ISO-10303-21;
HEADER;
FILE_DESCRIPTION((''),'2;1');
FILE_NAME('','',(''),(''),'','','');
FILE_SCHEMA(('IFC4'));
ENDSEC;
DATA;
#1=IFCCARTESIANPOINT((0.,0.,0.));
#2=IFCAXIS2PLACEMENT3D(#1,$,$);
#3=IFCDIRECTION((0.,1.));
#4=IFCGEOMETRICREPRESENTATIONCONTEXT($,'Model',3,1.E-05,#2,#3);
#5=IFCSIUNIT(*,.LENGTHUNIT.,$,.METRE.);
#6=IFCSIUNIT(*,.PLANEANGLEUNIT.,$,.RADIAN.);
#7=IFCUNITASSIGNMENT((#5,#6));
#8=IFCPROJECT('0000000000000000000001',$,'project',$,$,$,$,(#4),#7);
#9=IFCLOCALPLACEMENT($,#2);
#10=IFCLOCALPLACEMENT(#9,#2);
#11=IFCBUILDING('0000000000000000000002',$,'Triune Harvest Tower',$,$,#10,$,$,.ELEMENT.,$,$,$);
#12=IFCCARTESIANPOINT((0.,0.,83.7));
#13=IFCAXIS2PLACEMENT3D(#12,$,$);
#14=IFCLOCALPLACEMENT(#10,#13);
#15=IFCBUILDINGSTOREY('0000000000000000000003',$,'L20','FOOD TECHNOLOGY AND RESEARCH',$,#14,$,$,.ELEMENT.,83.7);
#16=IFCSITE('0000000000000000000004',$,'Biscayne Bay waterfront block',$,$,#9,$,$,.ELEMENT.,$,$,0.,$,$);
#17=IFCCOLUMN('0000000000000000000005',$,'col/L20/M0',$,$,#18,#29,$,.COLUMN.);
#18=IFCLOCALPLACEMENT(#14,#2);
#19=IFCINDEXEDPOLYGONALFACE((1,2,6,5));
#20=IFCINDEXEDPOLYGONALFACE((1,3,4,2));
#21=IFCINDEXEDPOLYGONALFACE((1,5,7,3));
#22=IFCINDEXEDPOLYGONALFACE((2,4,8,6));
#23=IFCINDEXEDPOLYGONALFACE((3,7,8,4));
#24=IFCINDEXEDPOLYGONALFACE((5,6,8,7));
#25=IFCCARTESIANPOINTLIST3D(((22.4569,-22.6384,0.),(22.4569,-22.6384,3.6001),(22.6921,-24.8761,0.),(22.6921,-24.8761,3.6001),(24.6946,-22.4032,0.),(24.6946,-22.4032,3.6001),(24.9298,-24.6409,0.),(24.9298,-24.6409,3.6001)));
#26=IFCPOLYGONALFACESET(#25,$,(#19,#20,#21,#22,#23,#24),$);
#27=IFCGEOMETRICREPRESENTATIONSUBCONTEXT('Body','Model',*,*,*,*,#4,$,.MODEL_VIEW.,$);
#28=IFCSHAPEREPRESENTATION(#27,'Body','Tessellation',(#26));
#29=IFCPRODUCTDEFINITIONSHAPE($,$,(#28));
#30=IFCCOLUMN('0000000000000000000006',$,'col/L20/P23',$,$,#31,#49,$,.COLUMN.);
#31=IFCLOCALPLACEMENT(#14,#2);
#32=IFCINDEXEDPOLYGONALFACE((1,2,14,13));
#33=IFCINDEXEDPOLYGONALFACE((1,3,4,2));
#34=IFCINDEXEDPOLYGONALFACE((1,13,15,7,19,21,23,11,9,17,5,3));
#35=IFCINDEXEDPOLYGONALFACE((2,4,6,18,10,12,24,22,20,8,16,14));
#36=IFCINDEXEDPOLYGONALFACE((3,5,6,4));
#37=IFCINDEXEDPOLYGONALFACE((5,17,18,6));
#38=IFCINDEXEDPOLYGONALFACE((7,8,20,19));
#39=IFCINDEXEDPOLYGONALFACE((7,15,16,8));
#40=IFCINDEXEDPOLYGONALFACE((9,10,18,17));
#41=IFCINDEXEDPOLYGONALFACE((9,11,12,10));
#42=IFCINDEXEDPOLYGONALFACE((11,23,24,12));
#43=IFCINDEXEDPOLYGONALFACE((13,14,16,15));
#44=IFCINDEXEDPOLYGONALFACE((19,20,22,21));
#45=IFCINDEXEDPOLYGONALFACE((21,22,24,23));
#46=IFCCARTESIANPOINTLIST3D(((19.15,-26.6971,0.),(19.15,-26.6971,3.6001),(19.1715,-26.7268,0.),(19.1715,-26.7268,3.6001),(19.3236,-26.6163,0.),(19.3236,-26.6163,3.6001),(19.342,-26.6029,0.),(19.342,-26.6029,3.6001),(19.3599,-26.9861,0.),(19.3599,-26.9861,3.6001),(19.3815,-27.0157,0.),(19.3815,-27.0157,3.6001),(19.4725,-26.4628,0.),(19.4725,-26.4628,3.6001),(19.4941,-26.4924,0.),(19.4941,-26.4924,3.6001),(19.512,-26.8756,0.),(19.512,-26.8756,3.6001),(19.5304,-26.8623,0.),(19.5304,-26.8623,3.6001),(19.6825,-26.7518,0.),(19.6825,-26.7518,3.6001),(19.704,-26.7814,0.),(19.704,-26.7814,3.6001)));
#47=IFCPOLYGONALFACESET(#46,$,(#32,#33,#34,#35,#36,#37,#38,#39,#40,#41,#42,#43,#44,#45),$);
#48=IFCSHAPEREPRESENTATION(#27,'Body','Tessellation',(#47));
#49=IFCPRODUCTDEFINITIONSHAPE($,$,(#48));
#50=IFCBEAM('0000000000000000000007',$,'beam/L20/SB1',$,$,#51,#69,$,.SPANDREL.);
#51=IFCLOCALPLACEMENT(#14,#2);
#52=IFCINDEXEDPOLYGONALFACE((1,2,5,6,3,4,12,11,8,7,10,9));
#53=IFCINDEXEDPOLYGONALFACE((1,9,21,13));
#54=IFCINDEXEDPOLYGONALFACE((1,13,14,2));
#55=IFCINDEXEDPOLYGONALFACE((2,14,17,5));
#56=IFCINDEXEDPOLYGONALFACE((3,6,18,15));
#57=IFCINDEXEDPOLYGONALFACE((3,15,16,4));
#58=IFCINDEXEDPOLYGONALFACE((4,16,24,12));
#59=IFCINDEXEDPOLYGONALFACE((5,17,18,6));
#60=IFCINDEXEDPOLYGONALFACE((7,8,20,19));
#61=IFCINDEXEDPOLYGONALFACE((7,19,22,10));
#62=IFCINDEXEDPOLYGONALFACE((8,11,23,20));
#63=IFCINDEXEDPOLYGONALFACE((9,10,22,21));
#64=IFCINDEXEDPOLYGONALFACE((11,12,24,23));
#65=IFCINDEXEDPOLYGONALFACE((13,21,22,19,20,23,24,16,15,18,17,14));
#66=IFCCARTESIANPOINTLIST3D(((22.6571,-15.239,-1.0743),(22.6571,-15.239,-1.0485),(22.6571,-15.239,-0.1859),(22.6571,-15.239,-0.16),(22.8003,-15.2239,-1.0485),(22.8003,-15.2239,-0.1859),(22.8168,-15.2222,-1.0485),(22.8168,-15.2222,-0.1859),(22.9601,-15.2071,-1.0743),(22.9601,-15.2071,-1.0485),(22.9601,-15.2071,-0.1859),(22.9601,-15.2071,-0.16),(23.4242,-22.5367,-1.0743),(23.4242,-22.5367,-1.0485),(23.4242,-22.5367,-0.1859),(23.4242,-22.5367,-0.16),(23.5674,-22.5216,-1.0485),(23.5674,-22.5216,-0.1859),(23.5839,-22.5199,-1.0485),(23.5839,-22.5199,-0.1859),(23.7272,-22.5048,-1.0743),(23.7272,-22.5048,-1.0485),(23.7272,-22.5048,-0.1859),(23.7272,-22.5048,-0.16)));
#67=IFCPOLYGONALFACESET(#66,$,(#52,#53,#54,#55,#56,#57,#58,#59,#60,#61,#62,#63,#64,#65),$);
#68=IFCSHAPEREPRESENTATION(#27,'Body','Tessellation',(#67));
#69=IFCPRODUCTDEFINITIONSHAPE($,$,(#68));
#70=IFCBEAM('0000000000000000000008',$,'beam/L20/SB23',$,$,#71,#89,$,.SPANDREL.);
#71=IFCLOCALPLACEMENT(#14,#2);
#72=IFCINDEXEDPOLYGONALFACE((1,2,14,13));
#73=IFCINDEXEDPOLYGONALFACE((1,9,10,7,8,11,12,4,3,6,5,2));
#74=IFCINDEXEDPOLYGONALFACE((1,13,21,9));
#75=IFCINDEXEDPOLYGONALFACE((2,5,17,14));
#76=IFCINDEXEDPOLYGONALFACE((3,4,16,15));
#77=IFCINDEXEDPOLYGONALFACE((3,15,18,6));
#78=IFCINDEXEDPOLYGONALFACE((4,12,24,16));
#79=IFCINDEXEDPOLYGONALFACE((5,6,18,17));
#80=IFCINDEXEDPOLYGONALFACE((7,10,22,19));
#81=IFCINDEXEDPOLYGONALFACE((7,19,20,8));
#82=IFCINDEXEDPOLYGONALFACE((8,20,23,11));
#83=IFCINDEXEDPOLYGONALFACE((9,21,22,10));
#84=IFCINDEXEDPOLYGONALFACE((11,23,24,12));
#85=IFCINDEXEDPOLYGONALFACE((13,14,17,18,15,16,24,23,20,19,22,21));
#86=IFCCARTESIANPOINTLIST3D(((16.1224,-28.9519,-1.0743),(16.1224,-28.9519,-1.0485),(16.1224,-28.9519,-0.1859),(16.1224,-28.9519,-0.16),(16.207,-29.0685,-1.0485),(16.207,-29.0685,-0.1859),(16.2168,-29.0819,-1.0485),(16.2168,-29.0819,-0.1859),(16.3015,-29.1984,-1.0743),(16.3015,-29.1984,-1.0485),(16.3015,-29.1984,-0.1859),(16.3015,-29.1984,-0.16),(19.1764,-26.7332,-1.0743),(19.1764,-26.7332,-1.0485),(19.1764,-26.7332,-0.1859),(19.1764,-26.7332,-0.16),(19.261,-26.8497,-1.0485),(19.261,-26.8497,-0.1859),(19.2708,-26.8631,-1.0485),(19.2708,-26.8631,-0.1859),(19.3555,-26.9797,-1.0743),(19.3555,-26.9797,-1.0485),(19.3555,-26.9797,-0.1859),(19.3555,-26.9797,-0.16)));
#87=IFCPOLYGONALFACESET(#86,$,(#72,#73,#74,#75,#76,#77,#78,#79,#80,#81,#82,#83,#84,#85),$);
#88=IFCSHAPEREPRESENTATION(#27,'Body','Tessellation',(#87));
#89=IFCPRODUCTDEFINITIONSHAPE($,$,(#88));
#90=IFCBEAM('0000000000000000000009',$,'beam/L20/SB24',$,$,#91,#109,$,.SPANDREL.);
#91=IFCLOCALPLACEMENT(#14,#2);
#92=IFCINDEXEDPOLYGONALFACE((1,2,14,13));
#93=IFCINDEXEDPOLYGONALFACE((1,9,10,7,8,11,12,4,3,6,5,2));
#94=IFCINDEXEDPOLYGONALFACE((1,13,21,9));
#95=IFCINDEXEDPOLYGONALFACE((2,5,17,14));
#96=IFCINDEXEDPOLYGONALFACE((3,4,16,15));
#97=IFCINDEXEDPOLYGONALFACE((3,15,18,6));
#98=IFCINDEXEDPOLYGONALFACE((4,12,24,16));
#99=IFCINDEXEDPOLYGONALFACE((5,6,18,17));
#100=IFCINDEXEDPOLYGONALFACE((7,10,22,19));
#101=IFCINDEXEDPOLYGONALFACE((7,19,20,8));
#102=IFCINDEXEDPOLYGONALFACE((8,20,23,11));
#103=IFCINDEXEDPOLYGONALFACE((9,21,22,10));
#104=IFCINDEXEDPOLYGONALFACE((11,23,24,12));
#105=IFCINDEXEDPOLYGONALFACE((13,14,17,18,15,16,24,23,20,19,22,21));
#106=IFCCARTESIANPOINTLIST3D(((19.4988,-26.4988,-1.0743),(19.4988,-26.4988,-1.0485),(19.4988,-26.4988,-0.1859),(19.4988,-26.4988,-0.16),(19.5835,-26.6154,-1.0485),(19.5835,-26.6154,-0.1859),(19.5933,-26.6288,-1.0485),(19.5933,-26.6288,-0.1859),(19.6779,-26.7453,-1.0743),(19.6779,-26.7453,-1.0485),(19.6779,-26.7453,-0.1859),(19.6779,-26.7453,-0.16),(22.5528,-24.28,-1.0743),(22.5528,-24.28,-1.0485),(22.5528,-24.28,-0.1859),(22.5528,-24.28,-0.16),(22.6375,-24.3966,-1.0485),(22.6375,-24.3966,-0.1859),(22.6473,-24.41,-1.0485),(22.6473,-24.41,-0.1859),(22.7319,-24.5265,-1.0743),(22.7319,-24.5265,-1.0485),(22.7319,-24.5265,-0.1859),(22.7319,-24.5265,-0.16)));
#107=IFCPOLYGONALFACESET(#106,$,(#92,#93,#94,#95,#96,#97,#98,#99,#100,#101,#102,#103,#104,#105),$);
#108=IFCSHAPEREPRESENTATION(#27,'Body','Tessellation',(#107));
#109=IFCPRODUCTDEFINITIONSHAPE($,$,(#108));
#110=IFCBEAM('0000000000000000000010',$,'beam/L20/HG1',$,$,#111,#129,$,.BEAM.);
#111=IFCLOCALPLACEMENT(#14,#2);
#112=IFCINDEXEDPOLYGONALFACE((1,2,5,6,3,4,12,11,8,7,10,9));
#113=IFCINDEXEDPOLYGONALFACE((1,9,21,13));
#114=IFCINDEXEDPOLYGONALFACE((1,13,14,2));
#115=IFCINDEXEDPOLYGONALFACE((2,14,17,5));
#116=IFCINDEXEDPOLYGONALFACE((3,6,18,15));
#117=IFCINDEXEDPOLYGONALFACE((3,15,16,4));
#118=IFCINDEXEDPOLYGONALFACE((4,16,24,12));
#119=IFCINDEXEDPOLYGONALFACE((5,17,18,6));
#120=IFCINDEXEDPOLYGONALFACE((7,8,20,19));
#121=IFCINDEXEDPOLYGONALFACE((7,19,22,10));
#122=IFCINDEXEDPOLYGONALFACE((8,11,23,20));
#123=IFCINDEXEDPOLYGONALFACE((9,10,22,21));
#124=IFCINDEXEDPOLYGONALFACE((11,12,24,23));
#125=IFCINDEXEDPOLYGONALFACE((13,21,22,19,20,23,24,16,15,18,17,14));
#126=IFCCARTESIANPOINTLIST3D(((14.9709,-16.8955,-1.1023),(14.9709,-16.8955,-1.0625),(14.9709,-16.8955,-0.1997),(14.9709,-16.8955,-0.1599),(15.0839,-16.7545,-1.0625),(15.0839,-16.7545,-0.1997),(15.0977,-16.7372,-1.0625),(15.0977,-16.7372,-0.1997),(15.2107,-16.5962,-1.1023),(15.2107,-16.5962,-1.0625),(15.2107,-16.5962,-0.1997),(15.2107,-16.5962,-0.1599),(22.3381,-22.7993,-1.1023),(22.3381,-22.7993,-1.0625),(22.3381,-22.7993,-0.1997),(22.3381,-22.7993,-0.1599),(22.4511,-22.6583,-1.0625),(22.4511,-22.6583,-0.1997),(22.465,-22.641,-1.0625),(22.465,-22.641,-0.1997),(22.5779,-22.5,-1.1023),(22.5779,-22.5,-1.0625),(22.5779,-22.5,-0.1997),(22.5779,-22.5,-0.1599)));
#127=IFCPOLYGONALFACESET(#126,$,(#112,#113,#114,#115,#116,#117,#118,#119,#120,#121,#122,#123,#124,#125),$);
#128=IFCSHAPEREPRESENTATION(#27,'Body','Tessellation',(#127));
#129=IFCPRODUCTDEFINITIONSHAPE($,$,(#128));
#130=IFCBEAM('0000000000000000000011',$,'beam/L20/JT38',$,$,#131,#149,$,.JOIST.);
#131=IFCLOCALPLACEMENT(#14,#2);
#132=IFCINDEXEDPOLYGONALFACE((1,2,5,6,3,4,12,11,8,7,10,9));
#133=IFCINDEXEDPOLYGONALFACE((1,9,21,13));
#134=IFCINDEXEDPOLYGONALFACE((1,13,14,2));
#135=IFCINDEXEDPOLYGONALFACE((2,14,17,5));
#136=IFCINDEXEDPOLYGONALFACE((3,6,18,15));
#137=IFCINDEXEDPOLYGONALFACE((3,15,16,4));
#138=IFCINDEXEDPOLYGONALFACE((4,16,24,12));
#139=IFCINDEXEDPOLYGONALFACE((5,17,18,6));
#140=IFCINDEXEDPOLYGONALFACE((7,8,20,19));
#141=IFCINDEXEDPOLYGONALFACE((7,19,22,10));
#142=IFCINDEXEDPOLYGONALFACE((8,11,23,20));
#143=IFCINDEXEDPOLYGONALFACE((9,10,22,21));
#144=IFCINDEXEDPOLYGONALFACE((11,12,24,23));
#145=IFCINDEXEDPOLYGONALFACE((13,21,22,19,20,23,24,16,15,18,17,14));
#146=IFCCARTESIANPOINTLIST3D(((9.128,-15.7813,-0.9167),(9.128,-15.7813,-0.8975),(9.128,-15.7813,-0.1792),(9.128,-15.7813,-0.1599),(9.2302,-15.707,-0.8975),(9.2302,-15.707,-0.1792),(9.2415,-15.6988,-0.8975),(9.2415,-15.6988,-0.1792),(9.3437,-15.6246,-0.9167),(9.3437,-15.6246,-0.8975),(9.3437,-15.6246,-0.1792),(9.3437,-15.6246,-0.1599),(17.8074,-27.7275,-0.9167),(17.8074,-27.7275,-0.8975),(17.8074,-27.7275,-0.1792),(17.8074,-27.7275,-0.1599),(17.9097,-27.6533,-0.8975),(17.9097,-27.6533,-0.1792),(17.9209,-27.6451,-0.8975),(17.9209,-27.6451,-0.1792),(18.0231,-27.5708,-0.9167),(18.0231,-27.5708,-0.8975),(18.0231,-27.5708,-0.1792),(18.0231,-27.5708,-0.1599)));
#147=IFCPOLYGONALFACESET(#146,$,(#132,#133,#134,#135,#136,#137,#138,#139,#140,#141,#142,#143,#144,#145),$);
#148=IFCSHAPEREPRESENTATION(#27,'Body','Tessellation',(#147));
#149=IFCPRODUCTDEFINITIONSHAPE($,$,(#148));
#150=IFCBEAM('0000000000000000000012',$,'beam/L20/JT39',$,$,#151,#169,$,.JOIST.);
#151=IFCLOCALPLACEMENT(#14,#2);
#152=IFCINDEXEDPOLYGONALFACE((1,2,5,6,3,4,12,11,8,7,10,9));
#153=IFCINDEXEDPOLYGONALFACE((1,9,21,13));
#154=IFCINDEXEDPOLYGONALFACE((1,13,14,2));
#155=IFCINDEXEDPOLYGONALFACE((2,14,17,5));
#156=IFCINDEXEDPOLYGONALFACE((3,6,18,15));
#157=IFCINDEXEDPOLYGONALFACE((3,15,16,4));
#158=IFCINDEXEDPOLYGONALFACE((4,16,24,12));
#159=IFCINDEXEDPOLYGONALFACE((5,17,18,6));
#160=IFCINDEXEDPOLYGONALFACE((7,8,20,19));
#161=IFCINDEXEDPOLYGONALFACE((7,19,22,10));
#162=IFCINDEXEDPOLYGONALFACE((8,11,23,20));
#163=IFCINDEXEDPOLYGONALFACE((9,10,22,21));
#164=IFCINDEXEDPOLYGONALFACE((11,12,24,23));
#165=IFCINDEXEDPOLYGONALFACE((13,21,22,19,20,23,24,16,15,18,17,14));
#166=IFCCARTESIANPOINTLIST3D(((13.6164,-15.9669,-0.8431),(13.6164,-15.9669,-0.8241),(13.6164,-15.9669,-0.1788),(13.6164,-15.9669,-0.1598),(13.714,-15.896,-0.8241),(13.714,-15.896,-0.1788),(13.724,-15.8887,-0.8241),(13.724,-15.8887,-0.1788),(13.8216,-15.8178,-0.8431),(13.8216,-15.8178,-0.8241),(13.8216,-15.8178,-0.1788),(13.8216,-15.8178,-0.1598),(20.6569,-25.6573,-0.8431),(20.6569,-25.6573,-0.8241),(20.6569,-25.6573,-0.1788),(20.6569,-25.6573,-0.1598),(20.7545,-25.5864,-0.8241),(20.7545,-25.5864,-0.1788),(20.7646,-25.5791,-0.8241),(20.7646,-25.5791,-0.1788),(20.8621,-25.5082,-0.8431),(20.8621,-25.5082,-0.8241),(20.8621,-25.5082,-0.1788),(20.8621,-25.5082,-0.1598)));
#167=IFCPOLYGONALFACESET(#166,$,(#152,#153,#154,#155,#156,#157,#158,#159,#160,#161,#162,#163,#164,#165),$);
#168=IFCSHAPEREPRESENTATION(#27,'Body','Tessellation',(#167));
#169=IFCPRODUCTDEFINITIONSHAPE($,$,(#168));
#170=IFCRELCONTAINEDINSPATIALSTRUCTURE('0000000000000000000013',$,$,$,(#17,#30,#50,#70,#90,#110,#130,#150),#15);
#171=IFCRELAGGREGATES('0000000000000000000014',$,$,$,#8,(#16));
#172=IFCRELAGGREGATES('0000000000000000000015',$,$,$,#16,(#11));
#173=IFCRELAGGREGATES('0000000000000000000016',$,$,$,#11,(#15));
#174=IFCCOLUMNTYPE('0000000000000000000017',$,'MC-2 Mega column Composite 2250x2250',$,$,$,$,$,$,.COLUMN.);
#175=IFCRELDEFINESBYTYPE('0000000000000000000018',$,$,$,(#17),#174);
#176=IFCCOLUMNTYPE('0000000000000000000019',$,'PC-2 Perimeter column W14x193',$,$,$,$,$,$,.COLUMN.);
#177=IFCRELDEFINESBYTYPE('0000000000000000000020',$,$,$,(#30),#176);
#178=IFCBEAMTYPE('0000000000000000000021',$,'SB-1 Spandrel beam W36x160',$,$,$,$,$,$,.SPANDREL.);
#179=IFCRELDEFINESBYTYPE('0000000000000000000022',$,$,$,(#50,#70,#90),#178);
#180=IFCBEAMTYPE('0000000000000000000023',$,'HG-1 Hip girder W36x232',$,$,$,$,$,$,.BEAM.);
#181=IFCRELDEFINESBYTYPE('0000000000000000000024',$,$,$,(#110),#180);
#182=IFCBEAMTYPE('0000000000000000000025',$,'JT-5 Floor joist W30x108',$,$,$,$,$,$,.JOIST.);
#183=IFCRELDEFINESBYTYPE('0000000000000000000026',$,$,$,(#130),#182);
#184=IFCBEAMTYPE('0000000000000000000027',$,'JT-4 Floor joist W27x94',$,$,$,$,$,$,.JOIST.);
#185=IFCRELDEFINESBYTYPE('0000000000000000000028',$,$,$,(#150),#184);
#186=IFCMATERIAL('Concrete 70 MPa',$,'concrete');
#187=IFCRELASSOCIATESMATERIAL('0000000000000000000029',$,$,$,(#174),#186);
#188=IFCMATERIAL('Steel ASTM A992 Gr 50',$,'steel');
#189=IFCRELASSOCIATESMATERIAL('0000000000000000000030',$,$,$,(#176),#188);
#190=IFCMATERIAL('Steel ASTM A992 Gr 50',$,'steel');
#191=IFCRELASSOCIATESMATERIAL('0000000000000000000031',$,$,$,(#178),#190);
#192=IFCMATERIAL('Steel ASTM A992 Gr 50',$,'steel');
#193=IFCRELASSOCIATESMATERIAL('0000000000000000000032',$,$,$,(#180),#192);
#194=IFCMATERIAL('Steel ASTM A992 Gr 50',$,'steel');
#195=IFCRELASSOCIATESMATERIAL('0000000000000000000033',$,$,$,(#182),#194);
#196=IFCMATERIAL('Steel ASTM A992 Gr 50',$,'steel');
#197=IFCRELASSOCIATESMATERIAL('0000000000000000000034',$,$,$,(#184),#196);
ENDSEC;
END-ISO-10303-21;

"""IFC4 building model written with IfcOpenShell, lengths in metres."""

from ifc_helpers import new_model, si_unit, direction, frame, origin, origin_2d, place, context, subcontext, project, spatial, rectangle, i_section, extrude, source, transform, mapped, material, material_profile, profile_set, type_object, element, save


model = new_model("IFC4")

# Units and contexts
model_context = context("Model", 3, precision=1e-05, world=origin(), true_north=direction((0.0, 1.0)))
body_context = subcontext(model_context, "Body", "Model", "MODEL_VIEW")
ifc_project = project(units=[si_unit("LENGTHUNIT", "METRE"), si_unit("PLANEANGLEUNIT", "RADIAN")], contexts=[model_context])

# Site, building, storey
site_placement = place(None, origin())
site = spatial("IfcSite", under=ifc_project, at=site_placement, Name="Biscayne Bay waterfront block", CompositionType="ELEMENT", RefElevation=0.0)
building_placement = place(site_placement, origin())
building = spatial("IfcBuilding", under=site, at=building_placement, Name="Triune Harvest Tower", CompositionType="ELEMENT")
storey_placement = place(building_placement, frame((0.0, 0.0, 83.7)))
storey = spatial("IfcBuildingStorey", under=building, at=storey_placement, Name="L20", Description="FOOD TECHNOLOGY AND RESEARCH", CompositionType="ELEMENT", Elevation=83.7)

# Columns
ifc_material_1 = material(Name="Concrete 70 MPa", Category="concrete")
ifc_material_profile_1 = material_profile(ifc_material_1, rectangle(XDim=2.25, YDim=2.25, at=origin_2d()), Name="Composite 2250x2250")
ifc_profile_set_1 = profile_set([ifc_material_profile_1], Name="Concrete 70 MPa")
column_type_1 = type_object("IfcColumnType", Name="MC-2 Mega column Composite 2250x2250", PredefinedType="COLUMN", material=ifc_profile_set_1)
shared_shape_1 = source(origin(), body_context, "Body", "SweptSolid", [
    extrude(rectangle(XDim=2.25, YDim=2.25, at=origin_2d()), origin(), (0.0, 0.0, 1.0), 3.6001),
])
column_1_placement = place(storey_placement, frame((23.6934, -23.6396, 0.0), z_axis=(0.0, 0.0, 1.0), x_axis=(-0.104527, 0.994522, 0.0)))
element("IfcColumn", 1, at=column_1_placement, inside=storey, type_object=column_type_1, Name="col/L20/M0", PredefinedType="COLUMN", context=body_context, shape_type="MappedRepresentation", body=[
    mapped(shared_shape_1, transform((0.0, 0.0, 0.0), scale=1.0)),
])
ifc_material_2 = material(Name="Steel ASTM A992 Gr 50", Category="steel")
ifc_material_profile_2 = material_profile(ifc_material_2, i_section(OverallWidth=0.3987, OverallDepth=0.3938, WebThickness=0.0227, FlangeThickness=0.0366, at=origin_2d()), Name="W14x193")
ifc_profile_set_2 = profile_set([ifc_material_profile_2], Name="Steel ASTM A992 Gr 50")
column_type_2 = type_object("IfcColumnType", Name="PC-2 Perimeter column W14x193", PredefinedType="COLUMN", material=ifc_profile_set_2)
shared_shape_2 = source(origin(), body_context, "Body", "SweptSolid", [
    extrude(i_section(OverallWidth=0.3987, OverallDepth=0.3938, WebThickness=0.0227, FlangeThickness=0.0366, at=origin_2d()), origin(), (0.0, 0.0, 1.0), 3.6001),
])
column_2_placement = place(storey_placement, frame((19.427, -26.7393, 0.0), z_axis=(0.0, 0.0, 1.0), x_axis=(0.809015, 0.587788, 0.0)))
element("IfcColumn", 2, at=column_2_placement, inside=storey, type_object=column_type_2, Name="col/L20/P23", PredefinedType="COLUMN", context=body_context, shape_type="MappedRepresentation", body=[
    mapped(shared_shape_2, transform((0.0, 0.0, 0.0), scale=1.0)),
])

# Beams
ifc_material_3 = material(Name="Steel ASTM A992 Gr 50", Category="steel")
ifc_material_profile_3 = material_profile(ifc_material_3, i_section(OverallWidth=0.3047, OverallDepth=0.9143, WebThickness=0.0166, FlangeThickness=0.0259, at=origin_2d()), Name="W36x160")
ifc_profile_set_3 = profile_set([ifc_material_profile_3], Name="Steel ASTM A992 Gr 50")
beam_type_1 = type_object("IfcBeamType", Name="SB-1 Spandrel beam W36x160", PredefinedType="SPANDREL", material=ifc_profile_set_3)
shared_shape_3 = source(origin(), body_context, "Body", "SweptSolid", [
    extrude(i_section(OverallWidth=0.3047, OverallDepth=0.9143, WebThickness=0.0166, FlangeThickness=0.0259, at=origin_2d()), origin(), (0.0, 0.0, 1.0), 7.3379),
])
beam_1_placement = place(storey_placement, frame((23.5757, -22.5208, -0.6172), z_axis=(-0.104539, 0.994521, 0.0), x_axis=(-0.994521, -0.104539, 0.0)))
element("IfcBeam", 3, at=beam_1_placement, inside=storey, type_object=beam_type_1, Name="beam/L20/SB1", PredefinedType="SPANDREL", context=body_context, shape_type="MappedRepresentation", body=[
    mapped(shared_shape_3, transform((0.0, 0.0, 0.0), scale=1.0)),
])
shared_shape_4 = source(origin(), body_context, "Body", "SweptSolid", [
    extrude(i_section(OverallWidth=0.3047, OverallDepth=0.9143, WebThickness=0.0166, FlangeThickness=0.0259, at=origin_2d()), origin(), (0.0, 0.0, 1.0), 3.7749),
])
for number, where, z_axis, x_axis, name in (
    (4, (16.2119, -29.0752, -0.6172), (0.809027, 0.587772, 0.0), (-0.587772, 0.809027, 0.0), "beam/L20/SB23"),
    (5, (19.5884, -26.6221, -0.6172), (0.809027, 0.587772, 0.0), (-0.587772, 0.809027, 0.0), "beam/L20/SB24"),
):
    element("IfcBeam", number, at=place(storey_placement, frame(where, z_axis=z_axis, x_axis=x_axis)), inside=storey, type_object=beam_type_1, Name=name, PredefinedType="SPANDREL", context=body_context, shape_type="MappedRepresentation", body=[
        mapped(shared_shape_4, transform((0.0, 0.0, 0.0), scale=1.0)),
    ])
ifc_material_4 = material(Name="Steel ASTM A992 Gr 50", Category="steel")
ifc_material_profile_4 = material_profile(ifc_material_4, i_section(OverallWidth=0.3835, OverallDepth=0.9424, WebThickness=0.0222, FlangeThickness=0.0398, at=origin_2d()), Name="W36x232")
ifc_profile_set_4 = profile_set([ifc_material_profile_4], Name="Steel ASTM A992 Gr 50")
beam_type_2 = type_object("IfcBeamType", Name="HG-1 Hip girder W36x232", PredefinedType="BEAM", material=ifc_profile_set_4)
shared_shape_5 = source(origin(), body_context, "Body", "SweptSolid", [
    extrude(i_section(OverallWidth=0.3835, OverallDepth=0.9424, WebThickness=0.0222, FlangeThickness=0.0398, at=origin_2d()), origin(), (0.0, 0.0, 1.0), 9.4409),
])
beam_2_placement = place(storey_placement, frame((22.458, -22.6497, -0.6311), z_axis=(-0.780349, 0.625344, 0.0), x_axis=(-0.625344, -0.780349, 0.0)))
element("IfcBeam", 6, at=beam_2_placement, inside=storey, type_object=beam_type_2, Name="beam/L20/HG1", PredefinedType="BEAM", context=body_context, shape_type="MappedRepresentation", body=[
    mapped(shared_shape_5, transform((0.0, 0.0, 0.0), scale=1.0)),
])
ifc_material_5 = material(Name="Steel ASTM A992 Gr 50", Category="steel")
ifc_material_profile_5 = material_profile(ifc_material_5, i_section(OverallWidth=0.2666, OverallDepth=0.7568, WebThickness=0.0139, FlangeThickness=0.0193, at=origin_2d()), Name="W30x108")
ifc_profile_set_5 = profile_set([ifc_material_profile_5], Name="Steel ASTM A992 Gr 50")
beam_type_3 = type_object("IfcBeamType", Name="JT-5 Floor joist W30x108", PredefinedType="JOIST", material=ifc_profile_set_5)
shared_shape_6 = source(origin(), body_context, "Body", "SweptSolid", [
    extrude(i_section(OverallWidth=0.2666, OverallDepth=0.7568, WebThickness=0.0139, FlangeThickness=0.0193, at=origin_2d()), origin(), (0.0, 0.0, 1.0), 14.7664),
])
beam_3_placement = place(storey_placement, frame((17.9153, -27.6492, -0.5383), z_axis=(-0.587783, 0.809018, 0.0), x_axis=(-0.809018, -0.587783, 0.0)))
element("IfcBeam", 7, at=beam_3_placement, inside=storey, type_object=beam_type_3, Name="beam/L20/JT38", PredefinedType="JOIST", context=body_context, shape_type="MappedRepresentation", body=[
    mapped(shared_shape_6, transform((0.0, 0.0, 0.0), scale=1.0)),
])
ifc_material_6 = material(Name="Steel ASTM A992 Gr 50", Category="steel")
ifc_material_profile_6 = material_profile(ifc_material_6, i_section(OverallWidth=0.2537, OverallDepth=0.6833, WebThickness=0.0125, FlangeThickness=0.019, at=origin_2d()), Name="W27x94")
ifc_profile_set_6 = profile_set([ifc_material_profile_6], Name="Steel ASTM A992 Gr 50")
beam_type_4 = type_object("IfcBeamType", Name="JT-4 Floor joist W27x94", PredefinedType="JOIST", material=ifc_profile_set_6)
shared_shape_7 = source(origin(), body_context, "Body", "SweptSolid", [
    extrude(i_section(OverallWidth=0.2537, OverallDepth=0.6833, WebThickness=0.0125, FlangeThickness=0.019, at=origin_2d()), origin(), (0.0, 0.0, 1.0), 11.978),
])
beam_4_placement = place(storey_placement, frame((20.7595, -25.5828, -0.5015), z_axis=(-0.587786, 0.809016, 0.0), x_axis=(-0.809016, -0.587786, 0.0)))
element("IfcBeam", 8, at=beam_4_placement, inside=storey, type_object=beam_type_4, Name="beam/L20/JT39", PredefinedType="JOIST", context=body_context, shape_type="MappedRepresentation", body=[
    mapped(shared_shape_7, transform((0.0, 0.0, 0.0), scale=1.0)),
])

save(model, "model.ifc")
